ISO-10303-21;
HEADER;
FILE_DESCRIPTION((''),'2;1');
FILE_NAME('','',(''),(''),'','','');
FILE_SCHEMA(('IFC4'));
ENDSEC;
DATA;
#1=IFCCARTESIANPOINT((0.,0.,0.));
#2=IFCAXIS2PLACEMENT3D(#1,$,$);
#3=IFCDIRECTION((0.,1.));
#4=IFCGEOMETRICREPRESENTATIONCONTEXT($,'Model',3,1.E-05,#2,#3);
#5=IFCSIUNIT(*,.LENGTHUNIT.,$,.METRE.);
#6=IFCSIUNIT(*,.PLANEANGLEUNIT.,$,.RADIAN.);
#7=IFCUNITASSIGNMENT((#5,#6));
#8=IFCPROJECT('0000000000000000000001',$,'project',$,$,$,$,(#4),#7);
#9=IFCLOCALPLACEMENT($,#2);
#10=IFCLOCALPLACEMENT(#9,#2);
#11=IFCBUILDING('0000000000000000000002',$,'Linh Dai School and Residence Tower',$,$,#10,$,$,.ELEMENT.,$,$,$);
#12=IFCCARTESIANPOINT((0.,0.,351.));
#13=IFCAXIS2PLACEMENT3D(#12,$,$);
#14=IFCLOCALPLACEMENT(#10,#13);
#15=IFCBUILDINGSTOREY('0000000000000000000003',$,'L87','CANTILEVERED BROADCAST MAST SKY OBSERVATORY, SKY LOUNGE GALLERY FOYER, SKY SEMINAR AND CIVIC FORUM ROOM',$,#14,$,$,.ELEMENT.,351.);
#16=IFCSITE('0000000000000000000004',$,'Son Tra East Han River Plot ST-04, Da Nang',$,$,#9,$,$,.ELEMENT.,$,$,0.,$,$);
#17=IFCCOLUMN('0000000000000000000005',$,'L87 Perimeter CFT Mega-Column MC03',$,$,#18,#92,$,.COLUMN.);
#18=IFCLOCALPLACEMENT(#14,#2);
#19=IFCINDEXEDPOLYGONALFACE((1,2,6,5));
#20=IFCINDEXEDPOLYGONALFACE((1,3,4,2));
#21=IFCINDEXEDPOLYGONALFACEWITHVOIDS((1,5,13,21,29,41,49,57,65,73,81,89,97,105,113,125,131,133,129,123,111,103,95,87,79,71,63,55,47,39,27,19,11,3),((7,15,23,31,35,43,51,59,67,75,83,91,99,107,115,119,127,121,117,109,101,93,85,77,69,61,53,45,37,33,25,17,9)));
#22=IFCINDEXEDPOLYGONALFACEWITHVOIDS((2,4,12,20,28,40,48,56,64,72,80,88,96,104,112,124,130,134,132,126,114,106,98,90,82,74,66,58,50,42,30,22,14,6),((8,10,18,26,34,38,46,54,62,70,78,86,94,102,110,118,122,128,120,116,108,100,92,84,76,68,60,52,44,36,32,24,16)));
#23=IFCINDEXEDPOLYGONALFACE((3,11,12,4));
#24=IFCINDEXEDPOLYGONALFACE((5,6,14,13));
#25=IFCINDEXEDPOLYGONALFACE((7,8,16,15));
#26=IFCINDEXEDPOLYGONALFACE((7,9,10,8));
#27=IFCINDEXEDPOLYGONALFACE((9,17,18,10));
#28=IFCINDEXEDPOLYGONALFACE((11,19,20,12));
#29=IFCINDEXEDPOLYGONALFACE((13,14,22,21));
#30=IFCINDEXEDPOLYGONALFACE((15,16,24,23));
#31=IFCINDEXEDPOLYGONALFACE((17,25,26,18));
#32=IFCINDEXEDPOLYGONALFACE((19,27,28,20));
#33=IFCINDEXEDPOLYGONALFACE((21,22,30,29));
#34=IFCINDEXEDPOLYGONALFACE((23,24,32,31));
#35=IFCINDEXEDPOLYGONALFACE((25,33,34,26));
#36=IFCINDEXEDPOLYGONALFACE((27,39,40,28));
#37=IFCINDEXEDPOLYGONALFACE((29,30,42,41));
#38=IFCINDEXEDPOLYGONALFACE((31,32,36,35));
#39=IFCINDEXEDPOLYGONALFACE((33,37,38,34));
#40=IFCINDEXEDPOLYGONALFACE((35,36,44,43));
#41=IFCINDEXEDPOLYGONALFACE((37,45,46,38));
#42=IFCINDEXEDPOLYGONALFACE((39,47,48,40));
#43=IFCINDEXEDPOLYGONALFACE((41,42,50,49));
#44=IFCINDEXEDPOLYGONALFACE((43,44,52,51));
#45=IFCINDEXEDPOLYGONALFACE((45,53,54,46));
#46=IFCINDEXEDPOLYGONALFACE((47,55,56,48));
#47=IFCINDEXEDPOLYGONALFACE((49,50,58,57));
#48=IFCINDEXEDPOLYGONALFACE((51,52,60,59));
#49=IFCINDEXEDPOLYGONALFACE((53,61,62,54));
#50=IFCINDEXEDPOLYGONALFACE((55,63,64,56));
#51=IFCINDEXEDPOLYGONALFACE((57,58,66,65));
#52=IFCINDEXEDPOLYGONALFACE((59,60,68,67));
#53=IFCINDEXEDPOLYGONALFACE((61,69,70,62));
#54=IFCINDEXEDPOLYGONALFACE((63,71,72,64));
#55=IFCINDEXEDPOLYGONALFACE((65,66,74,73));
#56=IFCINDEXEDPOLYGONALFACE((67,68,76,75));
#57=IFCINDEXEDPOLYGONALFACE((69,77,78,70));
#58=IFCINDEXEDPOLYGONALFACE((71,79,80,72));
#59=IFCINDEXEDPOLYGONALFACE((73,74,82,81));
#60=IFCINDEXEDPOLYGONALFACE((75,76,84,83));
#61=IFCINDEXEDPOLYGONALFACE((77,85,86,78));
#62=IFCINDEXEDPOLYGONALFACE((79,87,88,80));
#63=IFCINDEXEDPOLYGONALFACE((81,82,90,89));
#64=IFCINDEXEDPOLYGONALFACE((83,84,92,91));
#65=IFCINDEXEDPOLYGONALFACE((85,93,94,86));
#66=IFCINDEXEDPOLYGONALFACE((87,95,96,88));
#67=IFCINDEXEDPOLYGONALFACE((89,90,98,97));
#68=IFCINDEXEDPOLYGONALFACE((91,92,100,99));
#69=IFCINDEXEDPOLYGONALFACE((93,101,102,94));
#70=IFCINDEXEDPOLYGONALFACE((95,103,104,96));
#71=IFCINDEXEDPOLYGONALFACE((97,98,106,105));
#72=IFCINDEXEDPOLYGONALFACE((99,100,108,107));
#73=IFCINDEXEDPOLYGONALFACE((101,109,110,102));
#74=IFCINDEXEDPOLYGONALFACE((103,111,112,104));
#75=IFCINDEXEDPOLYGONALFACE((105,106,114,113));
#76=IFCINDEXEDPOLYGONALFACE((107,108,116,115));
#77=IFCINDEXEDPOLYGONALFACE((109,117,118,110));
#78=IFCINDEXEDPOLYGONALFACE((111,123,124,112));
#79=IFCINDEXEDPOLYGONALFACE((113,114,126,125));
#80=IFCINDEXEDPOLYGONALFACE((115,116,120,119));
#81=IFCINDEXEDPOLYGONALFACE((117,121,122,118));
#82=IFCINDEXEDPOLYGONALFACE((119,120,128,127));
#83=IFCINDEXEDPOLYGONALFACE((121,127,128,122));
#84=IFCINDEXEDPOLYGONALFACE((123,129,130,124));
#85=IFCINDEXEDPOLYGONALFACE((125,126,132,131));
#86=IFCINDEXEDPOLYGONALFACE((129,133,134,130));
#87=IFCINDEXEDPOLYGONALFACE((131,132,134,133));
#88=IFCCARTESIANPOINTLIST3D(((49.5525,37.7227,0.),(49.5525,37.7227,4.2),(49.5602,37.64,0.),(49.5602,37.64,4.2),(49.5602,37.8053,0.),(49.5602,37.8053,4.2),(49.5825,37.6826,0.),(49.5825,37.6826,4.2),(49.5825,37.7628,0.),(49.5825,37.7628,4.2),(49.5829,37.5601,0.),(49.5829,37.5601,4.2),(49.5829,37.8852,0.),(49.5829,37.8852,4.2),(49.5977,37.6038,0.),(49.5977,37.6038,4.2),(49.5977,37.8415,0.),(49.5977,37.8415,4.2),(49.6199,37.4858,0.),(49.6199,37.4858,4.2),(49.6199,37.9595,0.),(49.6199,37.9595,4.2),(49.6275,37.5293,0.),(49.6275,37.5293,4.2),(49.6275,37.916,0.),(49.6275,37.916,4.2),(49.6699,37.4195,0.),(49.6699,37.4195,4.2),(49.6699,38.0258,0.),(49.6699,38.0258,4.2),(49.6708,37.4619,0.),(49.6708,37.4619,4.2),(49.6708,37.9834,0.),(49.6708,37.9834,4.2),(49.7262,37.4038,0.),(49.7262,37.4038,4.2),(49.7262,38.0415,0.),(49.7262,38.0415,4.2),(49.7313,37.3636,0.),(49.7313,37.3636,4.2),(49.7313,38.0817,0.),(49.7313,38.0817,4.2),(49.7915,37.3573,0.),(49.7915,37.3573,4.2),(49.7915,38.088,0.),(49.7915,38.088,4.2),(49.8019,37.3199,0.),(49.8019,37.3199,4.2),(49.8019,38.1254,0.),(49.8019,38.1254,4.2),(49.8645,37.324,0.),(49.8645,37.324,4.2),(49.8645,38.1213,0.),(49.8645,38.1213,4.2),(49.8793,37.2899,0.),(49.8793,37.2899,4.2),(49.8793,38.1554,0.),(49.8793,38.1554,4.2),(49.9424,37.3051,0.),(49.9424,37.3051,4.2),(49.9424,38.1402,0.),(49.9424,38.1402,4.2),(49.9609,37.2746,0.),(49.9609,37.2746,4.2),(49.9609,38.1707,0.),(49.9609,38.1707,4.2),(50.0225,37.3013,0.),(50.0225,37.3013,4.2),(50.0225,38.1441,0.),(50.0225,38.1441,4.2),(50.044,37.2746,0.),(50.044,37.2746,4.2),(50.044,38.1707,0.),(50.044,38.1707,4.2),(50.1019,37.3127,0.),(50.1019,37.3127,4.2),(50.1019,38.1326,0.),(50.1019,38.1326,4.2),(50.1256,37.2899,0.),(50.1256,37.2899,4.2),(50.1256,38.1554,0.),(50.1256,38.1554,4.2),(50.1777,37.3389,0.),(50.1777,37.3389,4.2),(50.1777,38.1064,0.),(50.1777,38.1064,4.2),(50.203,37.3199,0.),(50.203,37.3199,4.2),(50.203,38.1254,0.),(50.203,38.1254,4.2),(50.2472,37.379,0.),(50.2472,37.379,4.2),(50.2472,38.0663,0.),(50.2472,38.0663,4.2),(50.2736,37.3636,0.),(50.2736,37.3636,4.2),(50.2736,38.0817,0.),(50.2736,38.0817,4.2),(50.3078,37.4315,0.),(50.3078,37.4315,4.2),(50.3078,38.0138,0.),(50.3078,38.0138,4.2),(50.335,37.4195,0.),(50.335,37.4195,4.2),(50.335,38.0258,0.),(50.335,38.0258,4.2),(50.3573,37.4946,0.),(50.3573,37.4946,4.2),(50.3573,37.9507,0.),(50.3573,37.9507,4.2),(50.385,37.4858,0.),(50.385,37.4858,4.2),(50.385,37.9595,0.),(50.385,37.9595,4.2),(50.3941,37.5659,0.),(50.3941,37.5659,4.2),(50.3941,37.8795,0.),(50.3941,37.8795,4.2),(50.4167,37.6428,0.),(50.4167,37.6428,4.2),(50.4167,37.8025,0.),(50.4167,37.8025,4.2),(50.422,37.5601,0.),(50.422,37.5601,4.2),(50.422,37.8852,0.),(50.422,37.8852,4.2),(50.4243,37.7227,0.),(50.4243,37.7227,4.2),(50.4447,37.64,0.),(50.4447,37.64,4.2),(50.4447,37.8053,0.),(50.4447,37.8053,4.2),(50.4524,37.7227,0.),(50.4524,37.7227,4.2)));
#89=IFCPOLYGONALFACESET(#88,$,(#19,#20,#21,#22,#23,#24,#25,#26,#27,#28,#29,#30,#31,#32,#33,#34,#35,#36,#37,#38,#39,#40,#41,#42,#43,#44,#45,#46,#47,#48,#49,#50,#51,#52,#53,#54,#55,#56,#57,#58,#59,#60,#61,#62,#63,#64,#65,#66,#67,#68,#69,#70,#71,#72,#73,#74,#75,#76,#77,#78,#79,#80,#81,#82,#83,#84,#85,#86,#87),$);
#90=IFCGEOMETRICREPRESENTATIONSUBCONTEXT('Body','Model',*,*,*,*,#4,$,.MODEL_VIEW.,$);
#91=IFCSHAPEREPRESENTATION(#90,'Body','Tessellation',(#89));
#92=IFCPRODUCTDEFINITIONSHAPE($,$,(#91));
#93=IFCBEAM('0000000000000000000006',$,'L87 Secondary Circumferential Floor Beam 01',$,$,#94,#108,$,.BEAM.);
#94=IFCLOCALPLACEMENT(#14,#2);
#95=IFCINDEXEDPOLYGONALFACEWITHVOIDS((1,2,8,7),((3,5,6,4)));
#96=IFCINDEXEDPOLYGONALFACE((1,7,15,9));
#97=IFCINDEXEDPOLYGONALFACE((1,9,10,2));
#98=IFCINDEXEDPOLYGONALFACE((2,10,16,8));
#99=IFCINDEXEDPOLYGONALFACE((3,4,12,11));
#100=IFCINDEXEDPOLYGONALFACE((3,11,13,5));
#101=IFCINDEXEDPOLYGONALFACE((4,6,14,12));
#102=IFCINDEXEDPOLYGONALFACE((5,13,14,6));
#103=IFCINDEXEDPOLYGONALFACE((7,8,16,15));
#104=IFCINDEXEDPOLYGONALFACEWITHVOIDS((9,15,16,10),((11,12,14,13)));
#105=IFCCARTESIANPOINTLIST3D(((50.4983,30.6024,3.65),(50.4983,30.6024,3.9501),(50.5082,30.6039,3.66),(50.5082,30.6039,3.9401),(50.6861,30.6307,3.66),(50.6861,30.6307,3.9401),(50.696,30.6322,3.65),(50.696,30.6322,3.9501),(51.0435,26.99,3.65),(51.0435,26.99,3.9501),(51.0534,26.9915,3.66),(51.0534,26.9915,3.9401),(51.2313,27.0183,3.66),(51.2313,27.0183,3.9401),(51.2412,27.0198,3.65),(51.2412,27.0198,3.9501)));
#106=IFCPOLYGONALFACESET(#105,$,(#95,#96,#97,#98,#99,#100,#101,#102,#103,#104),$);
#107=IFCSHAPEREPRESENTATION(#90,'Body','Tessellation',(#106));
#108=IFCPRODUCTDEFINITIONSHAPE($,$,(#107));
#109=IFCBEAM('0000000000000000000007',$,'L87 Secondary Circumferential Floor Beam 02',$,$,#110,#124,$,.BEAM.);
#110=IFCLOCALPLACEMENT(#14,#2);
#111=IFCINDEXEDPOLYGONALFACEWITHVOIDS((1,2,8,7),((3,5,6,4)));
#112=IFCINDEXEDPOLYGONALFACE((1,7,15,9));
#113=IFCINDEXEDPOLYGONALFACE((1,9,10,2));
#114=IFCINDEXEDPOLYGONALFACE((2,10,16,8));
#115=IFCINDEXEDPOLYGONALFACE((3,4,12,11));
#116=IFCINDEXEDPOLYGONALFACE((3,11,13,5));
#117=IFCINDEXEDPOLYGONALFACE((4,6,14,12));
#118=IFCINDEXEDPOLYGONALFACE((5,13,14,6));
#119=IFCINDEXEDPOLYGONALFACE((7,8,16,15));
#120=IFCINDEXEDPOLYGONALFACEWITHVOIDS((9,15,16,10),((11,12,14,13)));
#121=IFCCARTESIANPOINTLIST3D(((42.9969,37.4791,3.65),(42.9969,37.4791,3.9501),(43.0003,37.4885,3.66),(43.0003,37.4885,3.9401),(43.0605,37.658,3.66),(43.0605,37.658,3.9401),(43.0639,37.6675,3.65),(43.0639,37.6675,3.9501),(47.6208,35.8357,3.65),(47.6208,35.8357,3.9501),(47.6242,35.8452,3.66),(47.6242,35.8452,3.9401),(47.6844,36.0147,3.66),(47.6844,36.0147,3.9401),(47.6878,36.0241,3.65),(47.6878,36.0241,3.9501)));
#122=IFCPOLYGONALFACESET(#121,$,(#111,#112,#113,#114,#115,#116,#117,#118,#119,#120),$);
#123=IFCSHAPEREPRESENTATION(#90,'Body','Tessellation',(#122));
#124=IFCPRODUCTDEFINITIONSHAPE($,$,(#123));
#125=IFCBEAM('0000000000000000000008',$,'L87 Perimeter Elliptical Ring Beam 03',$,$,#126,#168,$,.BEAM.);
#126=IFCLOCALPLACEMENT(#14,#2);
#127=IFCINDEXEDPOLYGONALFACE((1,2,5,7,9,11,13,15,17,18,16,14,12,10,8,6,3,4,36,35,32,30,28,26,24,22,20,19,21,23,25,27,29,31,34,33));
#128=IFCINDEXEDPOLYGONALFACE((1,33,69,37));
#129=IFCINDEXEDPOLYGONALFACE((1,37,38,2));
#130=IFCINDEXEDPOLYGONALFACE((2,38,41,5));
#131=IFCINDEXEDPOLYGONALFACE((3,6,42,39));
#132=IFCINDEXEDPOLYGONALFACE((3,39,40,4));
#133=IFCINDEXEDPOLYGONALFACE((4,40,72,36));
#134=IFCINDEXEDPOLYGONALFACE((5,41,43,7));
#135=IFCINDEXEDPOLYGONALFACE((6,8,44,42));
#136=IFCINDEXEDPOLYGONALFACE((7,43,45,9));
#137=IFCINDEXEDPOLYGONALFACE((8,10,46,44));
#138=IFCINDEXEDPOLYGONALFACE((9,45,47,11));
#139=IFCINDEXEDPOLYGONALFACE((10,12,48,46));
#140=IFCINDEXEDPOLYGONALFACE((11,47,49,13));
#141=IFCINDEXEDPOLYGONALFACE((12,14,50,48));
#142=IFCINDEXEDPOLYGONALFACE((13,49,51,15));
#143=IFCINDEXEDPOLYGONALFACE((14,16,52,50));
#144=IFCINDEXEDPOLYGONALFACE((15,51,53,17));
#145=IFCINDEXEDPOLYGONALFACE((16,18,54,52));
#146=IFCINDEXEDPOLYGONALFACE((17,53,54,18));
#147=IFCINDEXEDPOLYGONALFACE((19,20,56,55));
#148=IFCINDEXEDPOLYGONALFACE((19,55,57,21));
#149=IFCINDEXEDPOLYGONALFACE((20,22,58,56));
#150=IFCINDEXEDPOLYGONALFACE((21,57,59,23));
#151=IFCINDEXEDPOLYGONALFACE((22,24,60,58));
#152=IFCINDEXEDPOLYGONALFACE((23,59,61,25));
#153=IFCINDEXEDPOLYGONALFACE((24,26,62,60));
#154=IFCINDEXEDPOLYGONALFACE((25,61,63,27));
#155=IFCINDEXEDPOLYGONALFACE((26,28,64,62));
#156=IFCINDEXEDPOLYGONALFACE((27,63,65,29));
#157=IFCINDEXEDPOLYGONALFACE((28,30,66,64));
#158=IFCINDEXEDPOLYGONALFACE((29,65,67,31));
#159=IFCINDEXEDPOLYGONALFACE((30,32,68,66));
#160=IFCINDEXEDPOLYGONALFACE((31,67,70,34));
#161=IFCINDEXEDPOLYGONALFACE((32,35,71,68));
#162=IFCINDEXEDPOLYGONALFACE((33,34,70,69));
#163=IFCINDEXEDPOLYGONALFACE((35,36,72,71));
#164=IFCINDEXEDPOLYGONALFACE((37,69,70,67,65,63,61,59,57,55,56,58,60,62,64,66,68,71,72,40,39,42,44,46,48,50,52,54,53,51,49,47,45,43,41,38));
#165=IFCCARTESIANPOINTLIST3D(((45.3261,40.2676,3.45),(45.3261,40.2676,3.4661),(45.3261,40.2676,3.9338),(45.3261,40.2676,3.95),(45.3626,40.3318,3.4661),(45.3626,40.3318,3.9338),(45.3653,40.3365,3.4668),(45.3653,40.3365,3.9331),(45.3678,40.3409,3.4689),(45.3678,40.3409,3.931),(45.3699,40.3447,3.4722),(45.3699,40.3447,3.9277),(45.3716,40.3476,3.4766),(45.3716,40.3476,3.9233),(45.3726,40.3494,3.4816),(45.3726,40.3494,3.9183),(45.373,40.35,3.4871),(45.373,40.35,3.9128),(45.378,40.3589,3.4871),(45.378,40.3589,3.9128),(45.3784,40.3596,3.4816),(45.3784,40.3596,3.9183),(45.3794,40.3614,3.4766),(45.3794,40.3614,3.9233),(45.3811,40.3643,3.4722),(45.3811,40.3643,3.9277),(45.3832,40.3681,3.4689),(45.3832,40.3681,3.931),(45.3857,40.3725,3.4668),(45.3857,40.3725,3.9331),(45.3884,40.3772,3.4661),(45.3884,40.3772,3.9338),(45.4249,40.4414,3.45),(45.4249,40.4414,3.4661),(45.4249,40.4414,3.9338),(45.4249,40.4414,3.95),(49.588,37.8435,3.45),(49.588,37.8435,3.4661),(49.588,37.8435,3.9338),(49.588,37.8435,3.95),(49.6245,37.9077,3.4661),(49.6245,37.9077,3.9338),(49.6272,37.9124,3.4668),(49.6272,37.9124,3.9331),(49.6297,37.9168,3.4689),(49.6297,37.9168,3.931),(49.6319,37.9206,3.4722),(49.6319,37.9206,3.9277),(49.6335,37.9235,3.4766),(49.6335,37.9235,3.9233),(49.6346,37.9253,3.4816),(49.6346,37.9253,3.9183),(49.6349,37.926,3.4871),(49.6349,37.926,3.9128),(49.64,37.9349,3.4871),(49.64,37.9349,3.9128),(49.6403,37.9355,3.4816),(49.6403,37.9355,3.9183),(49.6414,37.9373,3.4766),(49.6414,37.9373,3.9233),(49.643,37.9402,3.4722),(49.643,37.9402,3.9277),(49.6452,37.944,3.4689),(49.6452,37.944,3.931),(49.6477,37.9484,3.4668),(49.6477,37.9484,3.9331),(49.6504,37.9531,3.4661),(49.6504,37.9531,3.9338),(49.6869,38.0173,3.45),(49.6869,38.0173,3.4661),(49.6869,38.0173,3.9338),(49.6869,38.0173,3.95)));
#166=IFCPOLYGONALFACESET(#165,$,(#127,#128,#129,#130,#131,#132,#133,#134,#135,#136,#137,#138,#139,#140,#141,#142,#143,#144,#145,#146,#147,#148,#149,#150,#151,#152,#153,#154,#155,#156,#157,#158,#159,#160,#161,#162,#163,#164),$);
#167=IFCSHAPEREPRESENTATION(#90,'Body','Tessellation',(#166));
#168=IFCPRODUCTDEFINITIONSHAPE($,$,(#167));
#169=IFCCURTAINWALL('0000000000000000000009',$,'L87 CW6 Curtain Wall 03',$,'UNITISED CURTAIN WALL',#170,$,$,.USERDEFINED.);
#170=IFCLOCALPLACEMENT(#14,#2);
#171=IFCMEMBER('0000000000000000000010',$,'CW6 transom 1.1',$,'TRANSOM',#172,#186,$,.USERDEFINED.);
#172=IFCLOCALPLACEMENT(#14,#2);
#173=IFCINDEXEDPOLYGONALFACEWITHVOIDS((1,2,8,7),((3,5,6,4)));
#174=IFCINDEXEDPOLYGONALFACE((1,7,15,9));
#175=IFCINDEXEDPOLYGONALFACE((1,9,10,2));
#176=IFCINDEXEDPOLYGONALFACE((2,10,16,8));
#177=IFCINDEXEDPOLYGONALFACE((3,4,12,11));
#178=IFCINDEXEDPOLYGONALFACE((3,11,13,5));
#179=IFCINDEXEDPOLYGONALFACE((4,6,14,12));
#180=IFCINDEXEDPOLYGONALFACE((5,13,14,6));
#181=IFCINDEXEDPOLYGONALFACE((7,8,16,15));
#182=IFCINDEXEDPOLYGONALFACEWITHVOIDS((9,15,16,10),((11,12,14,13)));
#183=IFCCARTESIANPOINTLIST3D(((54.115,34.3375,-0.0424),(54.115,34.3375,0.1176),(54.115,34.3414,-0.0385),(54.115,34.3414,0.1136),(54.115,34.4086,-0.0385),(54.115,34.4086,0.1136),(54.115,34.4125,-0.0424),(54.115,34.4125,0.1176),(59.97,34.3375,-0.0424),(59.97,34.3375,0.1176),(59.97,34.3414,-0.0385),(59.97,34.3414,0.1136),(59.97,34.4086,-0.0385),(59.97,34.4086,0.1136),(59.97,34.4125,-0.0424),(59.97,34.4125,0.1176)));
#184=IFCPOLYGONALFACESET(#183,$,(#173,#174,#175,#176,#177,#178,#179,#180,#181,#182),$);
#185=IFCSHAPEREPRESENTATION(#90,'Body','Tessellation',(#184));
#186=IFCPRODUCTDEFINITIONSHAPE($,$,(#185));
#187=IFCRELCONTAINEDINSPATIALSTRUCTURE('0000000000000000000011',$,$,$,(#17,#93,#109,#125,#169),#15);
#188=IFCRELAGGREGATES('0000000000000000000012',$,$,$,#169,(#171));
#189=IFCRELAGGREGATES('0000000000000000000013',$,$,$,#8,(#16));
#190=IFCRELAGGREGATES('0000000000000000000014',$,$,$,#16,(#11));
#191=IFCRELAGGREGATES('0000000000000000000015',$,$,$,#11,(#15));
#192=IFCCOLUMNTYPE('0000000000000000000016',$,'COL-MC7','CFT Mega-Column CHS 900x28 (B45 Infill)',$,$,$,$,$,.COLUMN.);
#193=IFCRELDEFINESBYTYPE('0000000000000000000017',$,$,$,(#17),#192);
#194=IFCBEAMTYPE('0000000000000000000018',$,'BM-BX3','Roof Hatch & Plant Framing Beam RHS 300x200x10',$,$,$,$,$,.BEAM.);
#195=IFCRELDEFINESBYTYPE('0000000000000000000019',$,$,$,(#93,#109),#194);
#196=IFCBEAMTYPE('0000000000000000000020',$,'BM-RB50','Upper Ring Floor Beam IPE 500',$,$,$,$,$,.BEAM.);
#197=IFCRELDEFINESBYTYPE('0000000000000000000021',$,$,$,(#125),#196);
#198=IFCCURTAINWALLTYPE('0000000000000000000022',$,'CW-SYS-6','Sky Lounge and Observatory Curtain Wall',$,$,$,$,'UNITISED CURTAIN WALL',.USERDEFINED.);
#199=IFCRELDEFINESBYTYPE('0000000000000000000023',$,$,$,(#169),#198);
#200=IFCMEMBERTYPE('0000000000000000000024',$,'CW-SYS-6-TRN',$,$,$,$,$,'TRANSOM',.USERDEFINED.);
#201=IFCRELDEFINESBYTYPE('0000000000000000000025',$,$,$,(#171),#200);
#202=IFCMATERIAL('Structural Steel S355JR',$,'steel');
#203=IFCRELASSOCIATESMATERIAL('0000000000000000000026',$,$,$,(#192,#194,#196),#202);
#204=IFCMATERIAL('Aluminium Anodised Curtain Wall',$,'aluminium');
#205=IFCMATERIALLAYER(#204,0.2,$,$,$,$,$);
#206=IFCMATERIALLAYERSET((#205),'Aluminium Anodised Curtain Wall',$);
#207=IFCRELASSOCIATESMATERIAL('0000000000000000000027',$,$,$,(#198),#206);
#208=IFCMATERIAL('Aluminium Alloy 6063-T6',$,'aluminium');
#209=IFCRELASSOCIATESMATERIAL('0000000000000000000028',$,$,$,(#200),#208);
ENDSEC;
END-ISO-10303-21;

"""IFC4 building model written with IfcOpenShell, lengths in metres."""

from ifc_helpers import new_model, si_unit, direction, frame, origin, origin_2d, place, context, subcontext, project, spatial, hollow_rectangle, hollow_circle, i_section, extrude, source, transform, mapped, material, layer, layer_set, material_profile, profile_set, type_object, element, aggregate, save


model = new_model("IFC4")

# Units and contexts
model_context = context("Model", 3, precision=1e-05, world=origin(), true_north=direction((0.0, 1.0)))
body_context = subcontext(model_context, "Body", "Model", "MODEL_VIEW")
ifc_project = project(units=[si_unit("LENGTHUNIT", "METRE"), si_unit("PLANEANGLEUNIT", "RADIAN")], contexts=[model_context])

# Site, building, storey
site_placement = place(None, origin())
site = spatial("IfcSite", under=ifc_project, at=site_placement, Name="Son Tra East Han River Plot ST-04, Da Nang", CompositionType="ELEMENT", RefElevation=0.0)
building_placement = place(site_placement, origin())
building = spatial("IfcBuilding", under=site, at=building_placement, Name="Linh Dai School and Residence Tower", CompositionType="ELEMENT")
storey_placement = place(building_placement, frame((0.0, 0.0, 351.0)))
storey = spatial("IfcBuildingStorey", under=building, at=storey_placement, Name="L87", Description="CANTILEVERED BROADCAST MAST SKY OBSERVATORY, SKY LOUNGE GALLERY FOYER, SKY SEMINAR AND CIVIC FORUM ROOM", CompositionType="ELEMENT", Elevation=351.0)

# Column
ifc_material_1 = material(Name="Structural Steel S355JR", Category="steel")
ifc_material_profile_1 = material_profile(ifc_material_1, hollow_circle(Radius=0.45, WallThickness=0.0281, at=origin_2d()), Name="CHS 900x28")
ifc_profile_set_1 = profile_set([ifc_material_profile_1], Name="Structural Steel S355JR")
column_type = type_object("IfcColumnType", Name="COL-MC7", Description="CFT Mega-Column CHS 900x28 (B45 Infill)", PredefinedType="COLUMN", material=ifc_profile_set_1)
column_placement = place(storey_placement, frame((50.0024, 37.7227, 0.0), z_axis=(0.0, 0.0, 1.0), x_axis=(1.0, 0.0, 0.0)))
element("IfcColumn", 1, at=column_placement, inside=storey, type_object=column_type, Name="L87 Perimeter CFT Mega-Column MC03", PredefinedType="COLUMN", context=body_context, shape_type="SweptSolid", body=[
    extrude(hollow_circle(Radius=0.45, WallThickness=0.0281, at=origin_2d()), origin(), (0.0, 0.0, 1.0), 4.2),
])

# Beams
ifc_material_profile_2 = material_profile(ifc_material_1, hollow_rectangle(XDim=0.2, YDim=0.3, WallThickness=0.01, at=origin_2d()), Name="RHS 300x200x10")
ifc_profile_set_2 = profile_set([ifc_material_profile_2], Name="Structural Steel S355JR")
beam_type_1 = type_object("IfcBeamType", Name="BM-BX3", Description="Roof Hatch & Plant Framing Beam RHS 300x200x10", PredefinedType="BEAM", material=ifc_profile_set_2)
beam_1_placement = place(storey_placement, frame((51.1423, 27.0049, 3.8), z_axis=(-0.149229, 0.988803, 0.0), x_axis=(-0.988803, -0.149229, 0.0)))
element("IfcBeam", 2, at=beam_1_placement, inside=storey, type_object=beam_type_1, Name="L87 Secondary Circumferential Floor Beam 01", PredefinedType="BEAM", context=body_context, shape_type="SweptSolid", body=[
    extrude(hollow_rectangle(XDim=0.2, YDim=0.3, WallThickness=0.01, at=origin_2d()), origin(), (0.0, 0.0, 1.0), 3.6533),
])
beam_2_placement = place(storey_placement, frame((47.6543, 35.9299, 3.8), z_axis=(-0.94226, 0.334883, 0.0), x_axis=(-0.334883, -0.94226, 0.0)))
element("IfcBeam", 3, at=beam_2_placement, inside=storey, type_object=beam_type_1, Name="L87 Secondary Circumferential Floor Beam 02", PredefinedType="BEAM", context=body_context, shape_type="SweptSolid", body=[
    extrude(hollow_rectangle(XDim=0.2, YDim=0.3, WallThickness=0.01, at=origin_2d()), origin(), (0.0, 0.0, 1.0), 4.9072),
])
ifc_material_profile_3 = material_profile(ifc_material_1, i_section(OverallWidth=0.2, OverallDepth=0.5, WebThickness=0.0103, FlangeThickness=0.0161, FilletRadius=0.021, at=origin_2d()), Name="IPE 500")
ifc_profile_set_3 = profile_set([ifc_material_profile_3], Name="Structural Steel S355JR")
beam_type_2 = type_object("IfcBeamType", Name="BM-RB50", Description="Upper Ring Floor Beam IPE 500", PredefinedType="BEAM", material=ifc_profile_set_3)
beam_3_placement = place(storey_placement, frame((49.6375, 37.9304, 3.7), z_axis=(-0.869237, 0.494395, 0.0), x_axis=(-0.494395, -0.869237, 0.0)))
element("IfcBeam", 4, at=beam_3_placement, inside=storey, type_object=beam_type_2, Name="L87 Perimeter Elliptical Ring Beam 03", PredefinedType="BEAM", context=body_context, shape_type="SweptSolid", body=[
    extrude(i_section(OverallWidth=0.2, OverallDepth=0.5, WebThickness=0.0103, FlangeThickness=0.0161, FilletRadius=0.021, at=origin_2d()), origin(), (0.0, 0.0, 1.0), 4.9031),
])

# Curtain wall, member
ifc_material_2 = material(Name="Aluminium Anodised Curtain Wall", Category="aluminium")
ifc_layer_1 = layer(ifc_material_2, 0.2)
ifc_layer_set_1 = layer_set([ifc_layer_1], Name="Aluminium Anodised Curtain Wall")
curtain_wall_type = type_object("IfcCurtainWallType", Name="CW-SYS-6", Description="Sky Lounge and Observatory Curtain Wall", ElementType="UNITISED CURTAIN WALL", PredefinedType="USERDEFINED", material=ifc_layer_set_1)
curtain_wall_placement = place(storey_placement, origin())
curtain_wall = element("IfcCurtainWall", 5, at=curtain_wall_placement, inside=storey, type_object=curtain_wall_type, Name="L87 CW6 Curtain Wall 03", ObjectType="UNITISED CURTAIN WALL", PredefinedType="USERDEFINED")
ifc_material_3 = material(Name="Aluminium Alloy 6063-T6", Category="aluminium")
ifc_material_profile_4 = material_profile(ifc_material_3, hollow_rectangle(XDim=0.075, YDim=0.1599, WallThickness=0.0039, at=origin_2d()), Name="RHS 160x75x4")
ifc_profile_set_4 = profile_set([ifc_material_profile_4], Name="Aluminium Alloy 6063-T6")
member_type_1 = type_object("IfcMemberType", Name="CW-SYS-6-TRN", ElementType="TRANSOM", PredefinedType="USERDEFINED", material=ifc_profile_set_4)
shared_shape_1 = source(origin(), body_context, "Body", "SweptSolid", [
    extrude(hollow_rectangle(XDim=0.075, YDim=0.1599, WallThickness=0.0039, at=origin_2d()), origin(), (0.0, 0.0, 1.0), 5.855),
])
member_1_placement = place(storey_placement, frame((54.115, 34.375, 0.0376), z_axis=(1.0, 0.0, 0.0), x_axis=(0.0, 1.0, 0.0)))
member_1 = element("IfcMember", 6, at=member_1_placement, type_object=member_type_1, Name="CW6 transom 1.1", ObjectType="TRANSOM", PredefinedType="USERDEFINED", context=body_context, shape_type="MappedRepresentation", body=[
    mapped(shared_shape_1, transform((0.0, 0.0, 0.0), x_axis=(1.0, 0.0, 0.0), y_axis=(0.0, 1.0, 0.0), z_axis=(0.0, 0.0, 1.0), scale=1.0)),
])
aggregate(curtain_wall, [member_1])

save(model, "model.ifc")
